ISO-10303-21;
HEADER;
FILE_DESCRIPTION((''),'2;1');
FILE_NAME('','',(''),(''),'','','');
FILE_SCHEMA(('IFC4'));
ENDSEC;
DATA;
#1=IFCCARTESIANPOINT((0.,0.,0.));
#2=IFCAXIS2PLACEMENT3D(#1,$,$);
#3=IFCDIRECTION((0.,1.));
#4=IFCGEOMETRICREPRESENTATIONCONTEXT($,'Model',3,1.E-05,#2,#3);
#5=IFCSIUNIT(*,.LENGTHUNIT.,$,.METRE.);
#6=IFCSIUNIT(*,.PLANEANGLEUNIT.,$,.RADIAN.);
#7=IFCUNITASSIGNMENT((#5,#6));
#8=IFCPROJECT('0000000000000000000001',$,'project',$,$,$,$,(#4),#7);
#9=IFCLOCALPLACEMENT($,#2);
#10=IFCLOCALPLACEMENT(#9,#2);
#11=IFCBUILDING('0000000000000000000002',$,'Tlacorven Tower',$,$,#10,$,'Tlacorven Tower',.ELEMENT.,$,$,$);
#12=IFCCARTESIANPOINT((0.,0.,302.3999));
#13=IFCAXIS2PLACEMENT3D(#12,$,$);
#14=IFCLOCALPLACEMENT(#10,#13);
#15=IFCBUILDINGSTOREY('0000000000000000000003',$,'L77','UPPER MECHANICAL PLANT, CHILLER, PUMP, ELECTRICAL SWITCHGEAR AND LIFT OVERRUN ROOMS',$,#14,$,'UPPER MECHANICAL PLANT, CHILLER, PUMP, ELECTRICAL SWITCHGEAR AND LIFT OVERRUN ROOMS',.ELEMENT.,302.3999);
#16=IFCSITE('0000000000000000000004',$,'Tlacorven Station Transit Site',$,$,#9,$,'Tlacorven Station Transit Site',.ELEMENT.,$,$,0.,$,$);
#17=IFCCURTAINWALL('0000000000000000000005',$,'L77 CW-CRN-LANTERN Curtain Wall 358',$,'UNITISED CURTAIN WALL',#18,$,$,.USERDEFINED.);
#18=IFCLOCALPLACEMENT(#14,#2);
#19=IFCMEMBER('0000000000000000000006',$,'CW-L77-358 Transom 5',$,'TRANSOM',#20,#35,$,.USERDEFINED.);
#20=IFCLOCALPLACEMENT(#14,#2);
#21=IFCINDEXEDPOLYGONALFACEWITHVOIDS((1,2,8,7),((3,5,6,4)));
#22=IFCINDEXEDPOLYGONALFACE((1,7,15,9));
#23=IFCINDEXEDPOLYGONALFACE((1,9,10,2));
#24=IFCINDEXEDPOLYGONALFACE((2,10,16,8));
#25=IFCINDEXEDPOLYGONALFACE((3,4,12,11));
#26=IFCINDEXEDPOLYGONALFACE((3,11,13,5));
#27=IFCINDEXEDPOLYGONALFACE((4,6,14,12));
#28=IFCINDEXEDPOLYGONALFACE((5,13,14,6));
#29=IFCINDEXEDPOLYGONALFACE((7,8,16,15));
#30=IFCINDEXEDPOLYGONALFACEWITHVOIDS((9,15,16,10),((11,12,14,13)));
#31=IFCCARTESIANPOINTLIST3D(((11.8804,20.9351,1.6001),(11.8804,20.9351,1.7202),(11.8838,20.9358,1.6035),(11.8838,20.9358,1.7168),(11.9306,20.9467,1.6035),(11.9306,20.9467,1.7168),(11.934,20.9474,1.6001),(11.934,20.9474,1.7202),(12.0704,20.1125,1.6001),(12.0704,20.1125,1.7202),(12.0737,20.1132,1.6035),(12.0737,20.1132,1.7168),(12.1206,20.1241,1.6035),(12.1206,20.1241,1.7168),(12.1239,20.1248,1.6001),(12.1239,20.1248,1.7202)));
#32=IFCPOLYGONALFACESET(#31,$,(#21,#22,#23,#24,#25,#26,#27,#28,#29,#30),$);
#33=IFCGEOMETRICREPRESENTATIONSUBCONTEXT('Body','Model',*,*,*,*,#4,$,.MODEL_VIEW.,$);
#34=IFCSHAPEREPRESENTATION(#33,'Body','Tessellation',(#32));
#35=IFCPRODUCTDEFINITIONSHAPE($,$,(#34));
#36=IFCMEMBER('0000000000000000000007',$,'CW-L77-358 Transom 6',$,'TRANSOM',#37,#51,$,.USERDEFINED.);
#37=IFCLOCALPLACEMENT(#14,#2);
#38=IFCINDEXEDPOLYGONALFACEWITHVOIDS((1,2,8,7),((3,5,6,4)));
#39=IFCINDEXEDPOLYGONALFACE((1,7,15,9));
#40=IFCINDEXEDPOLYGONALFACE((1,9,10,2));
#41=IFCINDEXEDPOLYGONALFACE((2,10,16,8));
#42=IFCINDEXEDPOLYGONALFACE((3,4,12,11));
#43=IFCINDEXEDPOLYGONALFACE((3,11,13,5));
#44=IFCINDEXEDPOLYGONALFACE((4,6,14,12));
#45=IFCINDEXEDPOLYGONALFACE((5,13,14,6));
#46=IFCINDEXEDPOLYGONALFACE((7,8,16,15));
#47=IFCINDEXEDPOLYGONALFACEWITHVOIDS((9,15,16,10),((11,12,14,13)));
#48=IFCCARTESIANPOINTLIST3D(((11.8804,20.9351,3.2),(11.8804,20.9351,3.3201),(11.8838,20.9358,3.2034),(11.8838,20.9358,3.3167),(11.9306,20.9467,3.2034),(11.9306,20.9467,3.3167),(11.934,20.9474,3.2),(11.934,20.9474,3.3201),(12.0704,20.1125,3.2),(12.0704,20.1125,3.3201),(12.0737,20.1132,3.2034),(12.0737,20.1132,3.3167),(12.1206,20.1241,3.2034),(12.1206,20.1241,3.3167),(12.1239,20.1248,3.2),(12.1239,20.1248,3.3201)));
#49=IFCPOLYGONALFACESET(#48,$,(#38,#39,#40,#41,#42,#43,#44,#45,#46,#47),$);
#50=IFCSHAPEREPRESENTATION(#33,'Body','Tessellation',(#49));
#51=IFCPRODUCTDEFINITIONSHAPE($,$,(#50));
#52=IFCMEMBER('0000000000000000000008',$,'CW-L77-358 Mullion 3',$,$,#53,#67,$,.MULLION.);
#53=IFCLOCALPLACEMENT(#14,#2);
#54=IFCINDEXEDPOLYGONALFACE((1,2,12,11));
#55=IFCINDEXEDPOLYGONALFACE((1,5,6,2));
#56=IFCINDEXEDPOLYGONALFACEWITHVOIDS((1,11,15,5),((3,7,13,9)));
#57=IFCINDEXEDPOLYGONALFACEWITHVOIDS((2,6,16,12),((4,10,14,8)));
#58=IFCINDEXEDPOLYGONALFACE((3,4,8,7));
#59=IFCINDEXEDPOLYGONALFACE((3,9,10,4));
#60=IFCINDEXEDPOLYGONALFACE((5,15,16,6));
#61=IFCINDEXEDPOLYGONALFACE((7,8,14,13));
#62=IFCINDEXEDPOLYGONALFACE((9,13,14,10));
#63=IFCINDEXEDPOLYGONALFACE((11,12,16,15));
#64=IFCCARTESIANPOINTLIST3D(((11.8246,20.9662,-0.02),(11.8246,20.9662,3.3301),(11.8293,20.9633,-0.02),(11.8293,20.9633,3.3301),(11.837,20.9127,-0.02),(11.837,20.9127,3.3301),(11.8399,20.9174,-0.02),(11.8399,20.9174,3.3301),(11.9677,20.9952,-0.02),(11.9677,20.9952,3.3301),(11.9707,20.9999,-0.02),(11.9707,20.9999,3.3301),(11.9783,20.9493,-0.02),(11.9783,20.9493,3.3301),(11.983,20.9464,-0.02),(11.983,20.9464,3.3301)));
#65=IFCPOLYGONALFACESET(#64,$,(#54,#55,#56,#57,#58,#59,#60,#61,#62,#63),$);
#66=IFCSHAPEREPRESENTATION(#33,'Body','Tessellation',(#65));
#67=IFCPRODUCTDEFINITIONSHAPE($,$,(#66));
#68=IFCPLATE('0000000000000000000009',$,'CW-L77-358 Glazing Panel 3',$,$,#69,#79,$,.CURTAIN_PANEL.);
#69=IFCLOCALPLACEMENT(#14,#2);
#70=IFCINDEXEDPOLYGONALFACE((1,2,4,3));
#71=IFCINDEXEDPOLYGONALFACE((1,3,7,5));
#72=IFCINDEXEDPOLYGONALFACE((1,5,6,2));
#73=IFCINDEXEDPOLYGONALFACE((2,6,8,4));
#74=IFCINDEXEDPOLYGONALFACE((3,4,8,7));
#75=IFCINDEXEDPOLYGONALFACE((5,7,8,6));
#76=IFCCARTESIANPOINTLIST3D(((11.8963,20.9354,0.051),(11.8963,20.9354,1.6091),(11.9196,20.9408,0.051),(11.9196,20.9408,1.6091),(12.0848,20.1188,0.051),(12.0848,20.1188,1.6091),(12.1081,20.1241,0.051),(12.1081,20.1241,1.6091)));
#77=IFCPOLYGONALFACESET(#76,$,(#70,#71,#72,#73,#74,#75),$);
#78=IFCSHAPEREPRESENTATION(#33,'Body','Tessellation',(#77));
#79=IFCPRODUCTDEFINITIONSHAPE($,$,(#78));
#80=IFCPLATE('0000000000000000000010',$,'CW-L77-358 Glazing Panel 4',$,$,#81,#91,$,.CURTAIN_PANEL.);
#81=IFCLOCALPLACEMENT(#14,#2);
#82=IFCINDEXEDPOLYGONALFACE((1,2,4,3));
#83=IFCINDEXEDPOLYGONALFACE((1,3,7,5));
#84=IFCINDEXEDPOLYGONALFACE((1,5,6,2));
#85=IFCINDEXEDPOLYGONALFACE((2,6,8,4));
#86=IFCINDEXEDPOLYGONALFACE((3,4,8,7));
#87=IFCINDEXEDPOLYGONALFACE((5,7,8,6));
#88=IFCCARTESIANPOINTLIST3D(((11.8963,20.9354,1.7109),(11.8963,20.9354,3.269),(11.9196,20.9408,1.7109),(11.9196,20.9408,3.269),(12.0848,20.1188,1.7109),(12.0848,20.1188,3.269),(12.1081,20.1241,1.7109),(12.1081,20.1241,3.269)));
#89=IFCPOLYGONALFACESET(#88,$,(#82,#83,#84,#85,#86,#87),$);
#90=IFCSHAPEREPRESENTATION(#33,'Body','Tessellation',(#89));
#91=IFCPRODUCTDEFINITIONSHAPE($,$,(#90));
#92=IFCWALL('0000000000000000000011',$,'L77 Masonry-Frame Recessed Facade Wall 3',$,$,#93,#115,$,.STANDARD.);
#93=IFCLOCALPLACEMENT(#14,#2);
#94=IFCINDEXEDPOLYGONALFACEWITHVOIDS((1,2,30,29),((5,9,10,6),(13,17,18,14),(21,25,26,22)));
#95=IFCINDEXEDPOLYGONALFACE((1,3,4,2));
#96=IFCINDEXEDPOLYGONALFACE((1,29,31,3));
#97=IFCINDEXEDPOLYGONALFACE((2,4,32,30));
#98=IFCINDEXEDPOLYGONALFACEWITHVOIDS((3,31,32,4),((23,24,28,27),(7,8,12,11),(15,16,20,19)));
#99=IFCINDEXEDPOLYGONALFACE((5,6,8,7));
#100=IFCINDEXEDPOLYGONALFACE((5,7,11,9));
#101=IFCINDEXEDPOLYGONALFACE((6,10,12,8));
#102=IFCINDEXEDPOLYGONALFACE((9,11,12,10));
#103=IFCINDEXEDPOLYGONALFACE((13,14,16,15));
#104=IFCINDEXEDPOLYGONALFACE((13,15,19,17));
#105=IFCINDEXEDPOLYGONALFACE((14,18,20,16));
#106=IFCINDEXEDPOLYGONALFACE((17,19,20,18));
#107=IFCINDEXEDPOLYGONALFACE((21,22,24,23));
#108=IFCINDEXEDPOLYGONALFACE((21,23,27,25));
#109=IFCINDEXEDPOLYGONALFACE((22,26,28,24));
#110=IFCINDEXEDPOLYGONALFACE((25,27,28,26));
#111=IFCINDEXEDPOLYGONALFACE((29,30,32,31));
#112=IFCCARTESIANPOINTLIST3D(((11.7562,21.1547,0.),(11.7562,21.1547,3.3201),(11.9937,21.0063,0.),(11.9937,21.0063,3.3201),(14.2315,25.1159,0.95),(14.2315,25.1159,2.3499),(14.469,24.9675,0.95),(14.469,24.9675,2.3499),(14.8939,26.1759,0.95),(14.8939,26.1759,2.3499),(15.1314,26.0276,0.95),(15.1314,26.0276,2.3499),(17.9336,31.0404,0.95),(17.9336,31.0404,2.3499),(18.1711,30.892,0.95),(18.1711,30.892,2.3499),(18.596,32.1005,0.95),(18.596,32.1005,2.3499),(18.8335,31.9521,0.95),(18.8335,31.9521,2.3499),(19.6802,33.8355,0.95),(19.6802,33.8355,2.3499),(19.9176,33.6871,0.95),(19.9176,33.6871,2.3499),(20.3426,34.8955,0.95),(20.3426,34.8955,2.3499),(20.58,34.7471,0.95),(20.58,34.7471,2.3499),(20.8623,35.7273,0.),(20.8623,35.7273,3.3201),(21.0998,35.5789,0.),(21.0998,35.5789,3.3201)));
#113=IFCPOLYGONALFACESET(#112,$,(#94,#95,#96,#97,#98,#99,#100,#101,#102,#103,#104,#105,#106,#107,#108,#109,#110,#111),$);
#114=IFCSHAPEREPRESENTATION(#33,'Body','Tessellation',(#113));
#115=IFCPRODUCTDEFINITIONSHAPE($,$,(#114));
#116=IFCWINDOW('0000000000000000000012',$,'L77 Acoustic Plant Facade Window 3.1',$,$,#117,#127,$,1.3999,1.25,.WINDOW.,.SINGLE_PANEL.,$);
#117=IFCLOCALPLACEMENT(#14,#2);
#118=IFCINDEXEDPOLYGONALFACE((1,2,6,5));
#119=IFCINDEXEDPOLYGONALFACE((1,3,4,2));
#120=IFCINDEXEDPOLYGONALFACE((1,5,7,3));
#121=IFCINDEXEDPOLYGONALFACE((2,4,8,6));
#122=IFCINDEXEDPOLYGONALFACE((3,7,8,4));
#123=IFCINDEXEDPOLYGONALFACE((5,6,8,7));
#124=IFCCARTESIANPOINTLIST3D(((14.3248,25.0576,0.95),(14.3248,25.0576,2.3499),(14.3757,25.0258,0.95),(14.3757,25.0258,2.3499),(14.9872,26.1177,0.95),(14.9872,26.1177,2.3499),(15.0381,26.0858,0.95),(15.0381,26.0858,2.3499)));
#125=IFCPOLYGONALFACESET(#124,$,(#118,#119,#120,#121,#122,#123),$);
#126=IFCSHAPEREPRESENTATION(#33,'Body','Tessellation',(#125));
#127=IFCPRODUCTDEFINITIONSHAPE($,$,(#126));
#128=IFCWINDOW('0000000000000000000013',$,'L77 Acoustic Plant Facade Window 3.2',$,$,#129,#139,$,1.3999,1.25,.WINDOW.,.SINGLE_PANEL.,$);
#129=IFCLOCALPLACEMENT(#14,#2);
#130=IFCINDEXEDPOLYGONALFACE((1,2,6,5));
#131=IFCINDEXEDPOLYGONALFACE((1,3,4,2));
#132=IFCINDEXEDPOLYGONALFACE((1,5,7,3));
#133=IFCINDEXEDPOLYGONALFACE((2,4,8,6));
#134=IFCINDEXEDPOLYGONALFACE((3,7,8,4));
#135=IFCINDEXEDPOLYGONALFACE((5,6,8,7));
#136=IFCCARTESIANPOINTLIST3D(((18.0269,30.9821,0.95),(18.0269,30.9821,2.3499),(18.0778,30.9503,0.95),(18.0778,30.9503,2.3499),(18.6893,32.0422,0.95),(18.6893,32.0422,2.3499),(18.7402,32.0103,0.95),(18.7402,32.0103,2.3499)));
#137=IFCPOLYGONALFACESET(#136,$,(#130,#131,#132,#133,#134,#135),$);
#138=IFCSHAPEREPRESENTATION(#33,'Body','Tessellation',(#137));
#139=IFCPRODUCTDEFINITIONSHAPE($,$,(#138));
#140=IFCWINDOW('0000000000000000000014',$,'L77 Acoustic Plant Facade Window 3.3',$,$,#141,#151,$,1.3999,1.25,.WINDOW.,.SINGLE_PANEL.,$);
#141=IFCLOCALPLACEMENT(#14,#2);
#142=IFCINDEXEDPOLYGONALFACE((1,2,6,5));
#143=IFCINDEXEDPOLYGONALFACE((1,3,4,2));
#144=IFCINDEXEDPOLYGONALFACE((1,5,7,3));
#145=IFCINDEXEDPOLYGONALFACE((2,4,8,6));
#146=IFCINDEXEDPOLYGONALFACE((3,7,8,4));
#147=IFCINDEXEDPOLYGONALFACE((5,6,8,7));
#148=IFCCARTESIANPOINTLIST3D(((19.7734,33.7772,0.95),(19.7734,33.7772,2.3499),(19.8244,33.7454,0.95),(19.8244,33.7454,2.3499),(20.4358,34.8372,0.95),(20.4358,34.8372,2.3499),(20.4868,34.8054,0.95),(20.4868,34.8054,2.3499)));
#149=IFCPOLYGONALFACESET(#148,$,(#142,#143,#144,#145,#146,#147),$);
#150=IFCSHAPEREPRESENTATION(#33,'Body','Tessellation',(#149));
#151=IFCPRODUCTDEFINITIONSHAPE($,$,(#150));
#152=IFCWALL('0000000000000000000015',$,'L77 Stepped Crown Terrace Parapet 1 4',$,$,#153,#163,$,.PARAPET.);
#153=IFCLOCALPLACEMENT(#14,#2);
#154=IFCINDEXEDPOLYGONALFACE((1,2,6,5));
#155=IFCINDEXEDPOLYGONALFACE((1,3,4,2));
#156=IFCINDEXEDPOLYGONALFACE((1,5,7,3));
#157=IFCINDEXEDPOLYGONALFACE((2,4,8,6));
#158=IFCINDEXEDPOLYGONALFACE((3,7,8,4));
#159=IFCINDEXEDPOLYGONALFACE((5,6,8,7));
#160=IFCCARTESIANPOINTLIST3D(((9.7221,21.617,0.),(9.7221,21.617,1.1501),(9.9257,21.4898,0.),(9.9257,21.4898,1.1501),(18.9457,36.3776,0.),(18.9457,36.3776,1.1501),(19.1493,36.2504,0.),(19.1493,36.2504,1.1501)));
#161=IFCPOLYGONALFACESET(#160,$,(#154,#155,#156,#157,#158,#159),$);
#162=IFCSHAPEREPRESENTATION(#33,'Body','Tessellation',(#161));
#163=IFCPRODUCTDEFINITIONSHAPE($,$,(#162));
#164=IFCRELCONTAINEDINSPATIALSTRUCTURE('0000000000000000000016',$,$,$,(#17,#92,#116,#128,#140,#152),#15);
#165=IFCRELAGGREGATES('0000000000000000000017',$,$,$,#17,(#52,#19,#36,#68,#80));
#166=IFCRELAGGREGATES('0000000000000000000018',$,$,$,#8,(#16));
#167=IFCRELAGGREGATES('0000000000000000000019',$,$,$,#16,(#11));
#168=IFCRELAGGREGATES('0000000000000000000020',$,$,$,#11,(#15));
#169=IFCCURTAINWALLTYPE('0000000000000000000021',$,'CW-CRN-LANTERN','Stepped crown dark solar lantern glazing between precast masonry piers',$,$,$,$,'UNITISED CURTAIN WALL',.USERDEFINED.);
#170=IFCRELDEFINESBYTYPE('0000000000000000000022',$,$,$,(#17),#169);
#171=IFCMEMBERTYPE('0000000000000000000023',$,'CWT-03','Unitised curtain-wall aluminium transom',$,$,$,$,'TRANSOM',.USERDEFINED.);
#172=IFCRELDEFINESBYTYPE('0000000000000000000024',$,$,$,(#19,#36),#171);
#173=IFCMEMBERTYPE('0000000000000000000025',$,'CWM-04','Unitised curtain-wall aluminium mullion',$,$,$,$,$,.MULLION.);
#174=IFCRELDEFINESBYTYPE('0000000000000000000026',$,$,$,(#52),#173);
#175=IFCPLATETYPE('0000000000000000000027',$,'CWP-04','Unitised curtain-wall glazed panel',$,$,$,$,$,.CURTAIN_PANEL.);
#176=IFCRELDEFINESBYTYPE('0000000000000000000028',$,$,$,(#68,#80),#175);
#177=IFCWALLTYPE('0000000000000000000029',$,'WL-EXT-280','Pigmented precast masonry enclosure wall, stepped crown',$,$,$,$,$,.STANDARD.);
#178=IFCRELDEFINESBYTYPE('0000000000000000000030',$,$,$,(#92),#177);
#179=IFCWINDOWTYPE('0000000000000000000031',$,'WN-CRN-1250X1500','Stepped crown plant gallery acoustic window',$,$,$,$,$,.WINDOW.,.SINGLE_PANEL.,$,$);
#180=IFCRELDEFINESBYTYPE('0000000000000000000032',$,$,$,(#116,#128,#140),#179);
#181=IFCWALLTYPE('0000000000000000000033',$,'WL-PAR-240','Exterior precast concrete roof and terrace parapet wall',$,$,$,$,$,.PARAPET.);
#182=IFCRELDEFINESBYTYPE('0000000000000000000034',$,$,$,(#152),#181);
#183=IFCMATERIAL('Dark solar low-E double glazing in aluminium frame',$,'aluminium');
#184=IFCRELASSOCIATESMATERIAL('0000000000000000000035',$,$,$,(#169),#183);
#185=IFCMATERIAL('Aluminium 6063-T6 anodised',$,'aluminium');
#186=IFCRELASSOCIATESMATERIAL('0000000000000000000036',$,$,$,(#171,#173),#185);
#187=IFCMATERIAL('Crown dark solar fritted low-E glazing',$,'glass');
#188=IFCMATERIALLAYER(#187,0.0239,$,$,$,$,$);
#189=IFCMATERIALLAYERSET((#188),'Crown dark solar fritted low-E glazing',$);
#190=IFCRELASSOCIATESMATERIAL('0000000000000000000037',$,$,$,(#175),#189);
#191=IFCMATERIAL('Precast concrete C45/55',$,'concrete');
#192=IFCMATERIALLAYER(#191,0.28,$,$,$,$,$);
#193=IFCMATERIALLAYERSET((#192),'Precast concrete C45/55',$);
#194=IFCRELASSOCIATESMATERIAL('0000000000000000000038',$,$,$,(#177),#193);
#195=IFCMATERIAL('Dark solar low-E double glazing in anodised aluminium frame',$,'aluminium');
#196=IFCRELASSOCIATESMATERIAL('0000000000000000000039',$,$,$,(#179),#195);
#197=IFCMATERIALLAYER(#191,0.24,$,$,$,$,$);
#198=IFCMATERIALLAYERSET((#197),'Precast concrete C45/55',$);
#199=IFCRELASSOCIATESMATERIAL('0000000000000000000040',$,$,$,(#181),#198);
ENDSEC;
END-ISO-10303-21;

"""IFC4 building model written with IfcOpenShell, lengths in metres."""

from ifc_helpers import new_model, si_unit, direction, frame, frame_2d, origin, origin_2d, place, context, subcontext, project, spatial, rectangle, hollow_rectangle, extrude, source, transform, mapped, material, layer, layer_set, material_profile, profile_set, type_object, element, fill, aggregate, save


model = new_model("IFC4")

# Units and contexts
model_context = context("Model", 3, precision=1e-05, world=origin(), true_north=direction((0.0, 1.0)))
body_context = subcontext(model_context, "Body", "Model", "MODEL_VIEW")
ifc_project = project(units=[si_unit("LENGTHUNIT", "METRE"), si_unit("PLANEANGLEUNIT", "RADIAN")], contexts=[model_context])

# Site, building, storey
site_placement = place(None, origin())
site = spatial("IfcSite", under=ifc_project, at=site_placement, Name="Tlacorven Station Transit Site", LongName="Tlacorven Station Transit Site", CompositionType="ELEMENT", RefElevation=0.0)
building_placement = place(site_placement, origin())
building = spatial("IfcBuilding", under=site, at=building_placement, Name="Tlacorven Tower", LongName="Tlacorven Tower", CompositionType="ELEMENT")
storey_placement = place(building_placement, frame((0.0, 0.0, 302.3999)))
storey = spatial("IfcBuildingStorey", under=building, at=storey_placement, Name="L77", Description="UPPER MECHANICAL PLANT, CHILLER, PUMP, ELECTRICAL SWITCHGEAR AND LIFT OVERRUN ROOMS", LongName="UPPER MECHANICAL PLANT, CHILLER, PUMP, ELECTRICAL SWITCHGEAR AND LIFT OVERRUN ROOMS", CompositionType="ELEMENT", Elevation=302.3999)

# Curtain wall, members, plates
ifc_material_1 = material(Name="Dark solar low-E double glazing in aluminium frame", Category="aluminium")
curtain_wall_type = type_object("IfcCurtainWallType", Name="CW-CRN-LANTERN", Description="Stepped crown dark solar lantern glazing between precast masonry piers", ElementType="UNITISED CURTAIN WALL", PredefinedType="USERDEFINED", material=ifc_material_1)
curtain_wall_placement = place(storey_placement, origin())
curtain_wall = element("IfcCurtainWall", 1, at=curtain_wall_placement, inside=storey, type_object=curtain_wall_type, Name="L77 CW-CRN-LANTERN Curtain Wall 358", ObjectType="UNITISED CURTAIN WALL", PredefinedType="USERDEFINED")
ifc_material_2 = material(Name="Aluminium 6063-T6 anodised", Category="aluminium")
ifc_material_profile_1 = material_profile(ifc_material_2, hollow_rectangle(XDim=0.0549, YDim=0.1201, WallThickness=0.0034, at=origin_2d()), Name="ALU TRANSOM 55X120")
ifc_profile_set_1 = profile_set([ifc_material_profile_1], Name="Aluminium 6063-T6 anodised")
member_type_1 = type_object("IfcMemberType", Name="CWT-03", Description="Unitised curtain-wall aluminium transom", ElementType="TRANSOM", PredefinedType="USERDEFINED", material=ifc_profile_set_1)
shared_shape_1 = source(origin(), body_context, "Body", "SweptSolid", [
    extrude(hollow_rectangle(XDim=0.0549, YDim=0.1201, WallThickness=0.0034, at=origin_2d()), origin(), (0.0, 0.0, 1.0), 0.8442),
])
member_1_placement = place(storey_placement, frame((12.0972, 20.1187, 1.6602), z_axis=(-0.225007, 0.974357, 0.0), x_axis=(-0.974357, -0.225007, 0.0)))
member_1 = element("IfcMember", 2, at=member_1_placement, type_object=member_type_1, Name="CW-L77-358 Transom 5", ObjectType="TRANSOM", PredefinedType="USERDEFINED", context=body_context, shape_type="MappedRepresentation", body=[
    mapped(shared_shape_1, transform((0.0, 0.0, 0.0), scale=1.0)),
])
member_2_placement = place(storey_placement, frame((12.0972, 20.1187, 3.26), z_axis=(-0.225007, 0.974357, 0.0), x_axis=(-0.974357, -0.225007, 0.0)))
member_2 = element("IfcMember", 3, at=member_2_placement, type_object=member_type_1, Name="CW-L77-358 Transom 6", ObjectType="TRANSOM", PredefinedType="USERDEFINED", context=body_context, shape_type="MappedRepresentation", body=[
    mapped(shared_shape_1, transform((0.0, 0.0, 0.0), scale=1.0)),
])
ifc_material_profile_2 = material_profile(ifc_material_2, hollow_rectangle(XDim=0.0549, YDim=0.1499, WallThickness=0.0039, at=origin_2d()), Name="ALU MULLION 55X150")
ifc_profile_set_2 = profile_set([ifc_material_profile_2], Name="Aluminium 6063-T6 anodised")
member_type_2 = type_object("IfcMemberType", Name="CWM-04", Description="Unitised curtain-wall aluminium mullion", PredefinedType="MULLION", material=ifc_profile_set_2)
shared_shape_2 = source(origin(), body_context, "Body", "SweptSolid", [
    extrude(hollow_rectangle(XDim=0.0549, YDim=0.1499, WallThickness=0.0039, at=origin_2d()), origin(), (0.0, 0.0, 1.0), 3.3501),
])
member_3_placement = place(storey_placement, frame((11.9038, 20.9563, -0.02), z_axis=(0.0, 0.0, 1.0), x_axis=(-0.22495, 0.97437, 0.0)))
member_3 = element("IfcMember", 4, at=member_3_placement, type_object=member_type_2, Name="CW-L77-358 Mullion 3", PredefinedType="MULLION", context=body_context, shape_type="MappedRepresentation", body=[
    mapped(shared_shape_2, transform((0.0, 0.0, 0.0), scale=1.0)),
])
ifc_material_3 = material(Name="Crown dark solar fritted low-E glazing", Category="glass")
ifc_layer_1 = layer(ifc_material_3, 0.0239)
ifc_layer_set_1 = layer_set([ifc_layer_1], Name="Crown dark solar fritted low-E glazing")
plate_type = type_object("IfcPlateType", Name="CWP-04", Description="Unitised curtain-wall glazed panel", PredefinedType="CURTAIN_PANEL", material=ifc_layer_set_1)
shared_shape_3 = source(origin(), body_context, "Body", "SweptSolid", [
    extrude(rectangle(XDim=0.8381, YDim=0.0239, at=origin_2d()), origin(), (0.0, 0.0, 1.0), 1.5581),
])
plate_1_placement = place(storey_placement, frame((12.0022, 20.5298, 0.051), z_axis=(0.0, 0.0, 1.0), x_axis=(-0.22495, 0.97437, 0.0)))
plate_1 = element("IfcPlate", 5, at=plate_1_placement, type_object=plate_type, Name="CW-L77-358 Glazing Panel 3", PredefinedType="CURTAIN_PANEL", context=body_context, shape_type="MappedRepresentation", body=[
    mapped(shared_shape_3, transform((0.0, 0.0, 0.0), scale=1.0)),
])
plate_2_placement = place(storey_placement, frame((12.0022, 20.5298, 1.7109), z_axis=(0.0, 0.0, 1.0), x_axis=(-0.22495, 0.97437, 0.0)))
plate_2 = element("IfcPlate", 6, at=plate_2_placement, type_object=plate_type, Name="CW-L77-358 Glazing Panel 4", PredefinedType="CURTAIN_PANEL", context=body_context, shape_type="MappedRepresentation", body=[
    mapped(shared_shape_3, transform((0.0, 0.0, 0.0), scale=1.0)),
])
aggregate(curtain_wall, [member_3, member_1, member_2, plate_1, plate_2])

# Wall, openings, windows
ifc_material_4 = material(Name="Precast concrete C45/55", Category="concrete")
ifc_layer_2 = layer(ifc_material_4, 0.28)
ifc_layer_set_2 = layer_set([ifc_layer_2], Name="Precast concrete C45/55")
wall_type_1 = type_object("IfcWallType", Name="WL-EXT-280", Description="Pigmented precast masonry enclosure wall, stepped crown", PredefinedType="STANDARD", material=ifc_layer_set_2)
wall_1_placement = place(storey_placement, frame((11.875, 21.0806, 0.0), z_axis=(0.0, 0.0, 1.0), x_axis=(0.529925, 0.848045, 0.0)))
wall_1 = element("IfcWall", 7, at=wall_1_placement, inside=storey, type_object=wall_type_1, Name="L77 Masonry-Frame Recessed Facade Wall 3", PredefinedType="STANDARD", context=body_context, shape_type="SweptSolid", body=[
    extrude(rectangle(XDim=17.1838, YDim=0.28, at=frame_2d((8.5918, 0.0))), origin(), (0.0, 0.0, 1.0), 3.3201),
])
opening_1_placement = place(wall_1_placement, frame((4.6709, 0.0, 0.95)))
opening_1 = element("IfcOpeningElement", 8, at=opening_1_placement, cuts=wall_1, PredefinedType="OPENING", context=body_context, shape_type="SweptSolid", body=[
    extrude(rectangle(XDim=1.25, YDim=1.3999, at=frame_2d((0.625, 0.7))), frame((0.0, 0.1499, 0.0), z_axis=(0.0, -1.0, 0.0), x_axis=(1.0, 0.0, 0.0)), (0.0, 0.0, 1.0), 0.3),
])
opening_2_placement = place(wall_1_placement, frame((11.657, 0.0, 0.95)))
opening_2 = element("IfcOpeningElement", 9, at=opening_2_placement, cuts=wall_1, PredefinedType="OPENING", context=body_context, shape_type="SweptSolid", body=[
    extrude(rectangle(XDim=1.25, YDim=1.3999, at=frame_2d((0.625, 0.7))), frame((0.0, 0.1499, 0.0), z_axis=(0.0, -1.0, 0.0), x_axis=(1.0, 0.0, 0.0)), (0.0, 0.0, 1.0), 0.3),
])
opening_3_placement = place(wall_1_placement, frame((14.9529, 0.0, 0.95)))
opening_3 = element("IfcOpeningElement", 10, at=opening_3_placement, cuts=wall_1, PredefinedType="OPENING", context=body_context, shape_type="SweptSolid", body=[
    extrude(rectangle(XDim=1.25, YDim=1.3999, at=frame_2d((0.625, 0.7))), frame((0.0, 0.1499, 0.0), z_axis=(0.0, -1.0, 0.0), x_axis=(1.0, 0.0, 0.0)), (0.0, 0.0, 1.0), 0.3),
])
ifc_material_5 = material(Name="Dark solar low-E double glazing in anodised aluminium frame", Category="aluminium")
window_type = type_object("IfcWindowType", Name="WN-CRN-1250X1500", Description="Stepped crown plant gallery acoustic window", PartitioningType="SINGLE_PANEL", PredefinedType="WINDOW", material=ifc_material_5)
shared_shape_4 = source(origin(), body_context, "Body", "SweptSolid", [
    extrude(rectangle(XDim=1.25, YDim=1.3999, at=frame_2d((0.625, 0.7))), frame((0.0, 0.03, 0.0), z_axis=(0.0, -1.0, 0.0), x_axis=(1.0, 0.0, 0.0)), (0.0, 0.0, 1.0), 0.0601),
])
window_1_placement = place(opening_1_placement, origin())
window_1 = element("IfcWindow", 11, at=window_1_placement, inside=storey, type_object=window_type, Name="L77 Acoustic Plant Facade Window 3.1", OverallHeight=1.3999, OverallWidth=1.25, PartitioningType="SINGLE_PANEL", PredefinedType="WINDOW", context=body_context, shape_type="MappedRepresentation", body=[
    mapped(shared_shape_4, transform((0.0, 0.0, 0.0), scale=1.0)),
])
fill(opening_1, window_1)
window_2_placement = place(opening_2_placement, origin())
window_2 = element("IfcWindow", 12, at=window_2_placement, inside=storey, type_object=window_type, Name="L77 Acoustic Plant Facade Window 3.2", OverallHeight=1.3999, OverallWidth=1.25, PartitioningType="SINGLE_PANEL", PredefinedType="WINDOW", context=body_context, shape_type="MappedRepresentation", body=[
    mapped(shared_shape_4, transform((0.0, 0.0, 0.0), scale=1.0)),
])
fill(opening_2, window_2)
window_3_placement = place(opening_3_placement, origin())
window_3 = element("IfcWindow", 13, at=window_3_placement, inside=storey, type_object=window_type, Name="L77 Acoustic Plant Facade Window 3.3", OverallHeight=1.3999, OverallWidth=1.25, PartitioningType="SINGLE_PANEL", PredefinedType="WINDOW", context=body_context, shape_type="MappedRepresentation", body=[
    mapped(shared_shape_4, transform((0.0, 0.0, 0.0), scale=1.0)),
])
fill(opening_3, window_3)

# Wall
ifc_layer_3 = layer(ifc_material_4, 0.24)
ifc_layer_set_3 = layer_set([ifc_layer_3], Name="Precast concrete C45/55")
wall_type_2 = type_object("IfcWallType", Name="WL-PAR-240", Description="Exterior precast concrete roof and terrace parapet wall", PredefinedType="PARAPET", material=ifc_layer_set_3)
wall_2_placement = place(storey_placement, frame((9.824, 21.5535, 0.0), z_axis=(0.0, 0.0, 1.0), x_axis=(0.529923, 0.848046, 0.0)))
element("IfcWall", 14, at=wall_2_placement, inside=storey, type_object=wall_type_2, Name="L77 Stepped Crown Terrace Parapet 1 4", PredefinedType="PARAPET", context=body_context, shape_type="SweptSolid", body=[
    extrude(rectangle(XDim=17.4055, YDim=0.24, at=frame_2d((8.7026, 0.0))), origin(), (0.0, 0.0, 1.0), 1.1501),
])

save(model, "model.ifc")
